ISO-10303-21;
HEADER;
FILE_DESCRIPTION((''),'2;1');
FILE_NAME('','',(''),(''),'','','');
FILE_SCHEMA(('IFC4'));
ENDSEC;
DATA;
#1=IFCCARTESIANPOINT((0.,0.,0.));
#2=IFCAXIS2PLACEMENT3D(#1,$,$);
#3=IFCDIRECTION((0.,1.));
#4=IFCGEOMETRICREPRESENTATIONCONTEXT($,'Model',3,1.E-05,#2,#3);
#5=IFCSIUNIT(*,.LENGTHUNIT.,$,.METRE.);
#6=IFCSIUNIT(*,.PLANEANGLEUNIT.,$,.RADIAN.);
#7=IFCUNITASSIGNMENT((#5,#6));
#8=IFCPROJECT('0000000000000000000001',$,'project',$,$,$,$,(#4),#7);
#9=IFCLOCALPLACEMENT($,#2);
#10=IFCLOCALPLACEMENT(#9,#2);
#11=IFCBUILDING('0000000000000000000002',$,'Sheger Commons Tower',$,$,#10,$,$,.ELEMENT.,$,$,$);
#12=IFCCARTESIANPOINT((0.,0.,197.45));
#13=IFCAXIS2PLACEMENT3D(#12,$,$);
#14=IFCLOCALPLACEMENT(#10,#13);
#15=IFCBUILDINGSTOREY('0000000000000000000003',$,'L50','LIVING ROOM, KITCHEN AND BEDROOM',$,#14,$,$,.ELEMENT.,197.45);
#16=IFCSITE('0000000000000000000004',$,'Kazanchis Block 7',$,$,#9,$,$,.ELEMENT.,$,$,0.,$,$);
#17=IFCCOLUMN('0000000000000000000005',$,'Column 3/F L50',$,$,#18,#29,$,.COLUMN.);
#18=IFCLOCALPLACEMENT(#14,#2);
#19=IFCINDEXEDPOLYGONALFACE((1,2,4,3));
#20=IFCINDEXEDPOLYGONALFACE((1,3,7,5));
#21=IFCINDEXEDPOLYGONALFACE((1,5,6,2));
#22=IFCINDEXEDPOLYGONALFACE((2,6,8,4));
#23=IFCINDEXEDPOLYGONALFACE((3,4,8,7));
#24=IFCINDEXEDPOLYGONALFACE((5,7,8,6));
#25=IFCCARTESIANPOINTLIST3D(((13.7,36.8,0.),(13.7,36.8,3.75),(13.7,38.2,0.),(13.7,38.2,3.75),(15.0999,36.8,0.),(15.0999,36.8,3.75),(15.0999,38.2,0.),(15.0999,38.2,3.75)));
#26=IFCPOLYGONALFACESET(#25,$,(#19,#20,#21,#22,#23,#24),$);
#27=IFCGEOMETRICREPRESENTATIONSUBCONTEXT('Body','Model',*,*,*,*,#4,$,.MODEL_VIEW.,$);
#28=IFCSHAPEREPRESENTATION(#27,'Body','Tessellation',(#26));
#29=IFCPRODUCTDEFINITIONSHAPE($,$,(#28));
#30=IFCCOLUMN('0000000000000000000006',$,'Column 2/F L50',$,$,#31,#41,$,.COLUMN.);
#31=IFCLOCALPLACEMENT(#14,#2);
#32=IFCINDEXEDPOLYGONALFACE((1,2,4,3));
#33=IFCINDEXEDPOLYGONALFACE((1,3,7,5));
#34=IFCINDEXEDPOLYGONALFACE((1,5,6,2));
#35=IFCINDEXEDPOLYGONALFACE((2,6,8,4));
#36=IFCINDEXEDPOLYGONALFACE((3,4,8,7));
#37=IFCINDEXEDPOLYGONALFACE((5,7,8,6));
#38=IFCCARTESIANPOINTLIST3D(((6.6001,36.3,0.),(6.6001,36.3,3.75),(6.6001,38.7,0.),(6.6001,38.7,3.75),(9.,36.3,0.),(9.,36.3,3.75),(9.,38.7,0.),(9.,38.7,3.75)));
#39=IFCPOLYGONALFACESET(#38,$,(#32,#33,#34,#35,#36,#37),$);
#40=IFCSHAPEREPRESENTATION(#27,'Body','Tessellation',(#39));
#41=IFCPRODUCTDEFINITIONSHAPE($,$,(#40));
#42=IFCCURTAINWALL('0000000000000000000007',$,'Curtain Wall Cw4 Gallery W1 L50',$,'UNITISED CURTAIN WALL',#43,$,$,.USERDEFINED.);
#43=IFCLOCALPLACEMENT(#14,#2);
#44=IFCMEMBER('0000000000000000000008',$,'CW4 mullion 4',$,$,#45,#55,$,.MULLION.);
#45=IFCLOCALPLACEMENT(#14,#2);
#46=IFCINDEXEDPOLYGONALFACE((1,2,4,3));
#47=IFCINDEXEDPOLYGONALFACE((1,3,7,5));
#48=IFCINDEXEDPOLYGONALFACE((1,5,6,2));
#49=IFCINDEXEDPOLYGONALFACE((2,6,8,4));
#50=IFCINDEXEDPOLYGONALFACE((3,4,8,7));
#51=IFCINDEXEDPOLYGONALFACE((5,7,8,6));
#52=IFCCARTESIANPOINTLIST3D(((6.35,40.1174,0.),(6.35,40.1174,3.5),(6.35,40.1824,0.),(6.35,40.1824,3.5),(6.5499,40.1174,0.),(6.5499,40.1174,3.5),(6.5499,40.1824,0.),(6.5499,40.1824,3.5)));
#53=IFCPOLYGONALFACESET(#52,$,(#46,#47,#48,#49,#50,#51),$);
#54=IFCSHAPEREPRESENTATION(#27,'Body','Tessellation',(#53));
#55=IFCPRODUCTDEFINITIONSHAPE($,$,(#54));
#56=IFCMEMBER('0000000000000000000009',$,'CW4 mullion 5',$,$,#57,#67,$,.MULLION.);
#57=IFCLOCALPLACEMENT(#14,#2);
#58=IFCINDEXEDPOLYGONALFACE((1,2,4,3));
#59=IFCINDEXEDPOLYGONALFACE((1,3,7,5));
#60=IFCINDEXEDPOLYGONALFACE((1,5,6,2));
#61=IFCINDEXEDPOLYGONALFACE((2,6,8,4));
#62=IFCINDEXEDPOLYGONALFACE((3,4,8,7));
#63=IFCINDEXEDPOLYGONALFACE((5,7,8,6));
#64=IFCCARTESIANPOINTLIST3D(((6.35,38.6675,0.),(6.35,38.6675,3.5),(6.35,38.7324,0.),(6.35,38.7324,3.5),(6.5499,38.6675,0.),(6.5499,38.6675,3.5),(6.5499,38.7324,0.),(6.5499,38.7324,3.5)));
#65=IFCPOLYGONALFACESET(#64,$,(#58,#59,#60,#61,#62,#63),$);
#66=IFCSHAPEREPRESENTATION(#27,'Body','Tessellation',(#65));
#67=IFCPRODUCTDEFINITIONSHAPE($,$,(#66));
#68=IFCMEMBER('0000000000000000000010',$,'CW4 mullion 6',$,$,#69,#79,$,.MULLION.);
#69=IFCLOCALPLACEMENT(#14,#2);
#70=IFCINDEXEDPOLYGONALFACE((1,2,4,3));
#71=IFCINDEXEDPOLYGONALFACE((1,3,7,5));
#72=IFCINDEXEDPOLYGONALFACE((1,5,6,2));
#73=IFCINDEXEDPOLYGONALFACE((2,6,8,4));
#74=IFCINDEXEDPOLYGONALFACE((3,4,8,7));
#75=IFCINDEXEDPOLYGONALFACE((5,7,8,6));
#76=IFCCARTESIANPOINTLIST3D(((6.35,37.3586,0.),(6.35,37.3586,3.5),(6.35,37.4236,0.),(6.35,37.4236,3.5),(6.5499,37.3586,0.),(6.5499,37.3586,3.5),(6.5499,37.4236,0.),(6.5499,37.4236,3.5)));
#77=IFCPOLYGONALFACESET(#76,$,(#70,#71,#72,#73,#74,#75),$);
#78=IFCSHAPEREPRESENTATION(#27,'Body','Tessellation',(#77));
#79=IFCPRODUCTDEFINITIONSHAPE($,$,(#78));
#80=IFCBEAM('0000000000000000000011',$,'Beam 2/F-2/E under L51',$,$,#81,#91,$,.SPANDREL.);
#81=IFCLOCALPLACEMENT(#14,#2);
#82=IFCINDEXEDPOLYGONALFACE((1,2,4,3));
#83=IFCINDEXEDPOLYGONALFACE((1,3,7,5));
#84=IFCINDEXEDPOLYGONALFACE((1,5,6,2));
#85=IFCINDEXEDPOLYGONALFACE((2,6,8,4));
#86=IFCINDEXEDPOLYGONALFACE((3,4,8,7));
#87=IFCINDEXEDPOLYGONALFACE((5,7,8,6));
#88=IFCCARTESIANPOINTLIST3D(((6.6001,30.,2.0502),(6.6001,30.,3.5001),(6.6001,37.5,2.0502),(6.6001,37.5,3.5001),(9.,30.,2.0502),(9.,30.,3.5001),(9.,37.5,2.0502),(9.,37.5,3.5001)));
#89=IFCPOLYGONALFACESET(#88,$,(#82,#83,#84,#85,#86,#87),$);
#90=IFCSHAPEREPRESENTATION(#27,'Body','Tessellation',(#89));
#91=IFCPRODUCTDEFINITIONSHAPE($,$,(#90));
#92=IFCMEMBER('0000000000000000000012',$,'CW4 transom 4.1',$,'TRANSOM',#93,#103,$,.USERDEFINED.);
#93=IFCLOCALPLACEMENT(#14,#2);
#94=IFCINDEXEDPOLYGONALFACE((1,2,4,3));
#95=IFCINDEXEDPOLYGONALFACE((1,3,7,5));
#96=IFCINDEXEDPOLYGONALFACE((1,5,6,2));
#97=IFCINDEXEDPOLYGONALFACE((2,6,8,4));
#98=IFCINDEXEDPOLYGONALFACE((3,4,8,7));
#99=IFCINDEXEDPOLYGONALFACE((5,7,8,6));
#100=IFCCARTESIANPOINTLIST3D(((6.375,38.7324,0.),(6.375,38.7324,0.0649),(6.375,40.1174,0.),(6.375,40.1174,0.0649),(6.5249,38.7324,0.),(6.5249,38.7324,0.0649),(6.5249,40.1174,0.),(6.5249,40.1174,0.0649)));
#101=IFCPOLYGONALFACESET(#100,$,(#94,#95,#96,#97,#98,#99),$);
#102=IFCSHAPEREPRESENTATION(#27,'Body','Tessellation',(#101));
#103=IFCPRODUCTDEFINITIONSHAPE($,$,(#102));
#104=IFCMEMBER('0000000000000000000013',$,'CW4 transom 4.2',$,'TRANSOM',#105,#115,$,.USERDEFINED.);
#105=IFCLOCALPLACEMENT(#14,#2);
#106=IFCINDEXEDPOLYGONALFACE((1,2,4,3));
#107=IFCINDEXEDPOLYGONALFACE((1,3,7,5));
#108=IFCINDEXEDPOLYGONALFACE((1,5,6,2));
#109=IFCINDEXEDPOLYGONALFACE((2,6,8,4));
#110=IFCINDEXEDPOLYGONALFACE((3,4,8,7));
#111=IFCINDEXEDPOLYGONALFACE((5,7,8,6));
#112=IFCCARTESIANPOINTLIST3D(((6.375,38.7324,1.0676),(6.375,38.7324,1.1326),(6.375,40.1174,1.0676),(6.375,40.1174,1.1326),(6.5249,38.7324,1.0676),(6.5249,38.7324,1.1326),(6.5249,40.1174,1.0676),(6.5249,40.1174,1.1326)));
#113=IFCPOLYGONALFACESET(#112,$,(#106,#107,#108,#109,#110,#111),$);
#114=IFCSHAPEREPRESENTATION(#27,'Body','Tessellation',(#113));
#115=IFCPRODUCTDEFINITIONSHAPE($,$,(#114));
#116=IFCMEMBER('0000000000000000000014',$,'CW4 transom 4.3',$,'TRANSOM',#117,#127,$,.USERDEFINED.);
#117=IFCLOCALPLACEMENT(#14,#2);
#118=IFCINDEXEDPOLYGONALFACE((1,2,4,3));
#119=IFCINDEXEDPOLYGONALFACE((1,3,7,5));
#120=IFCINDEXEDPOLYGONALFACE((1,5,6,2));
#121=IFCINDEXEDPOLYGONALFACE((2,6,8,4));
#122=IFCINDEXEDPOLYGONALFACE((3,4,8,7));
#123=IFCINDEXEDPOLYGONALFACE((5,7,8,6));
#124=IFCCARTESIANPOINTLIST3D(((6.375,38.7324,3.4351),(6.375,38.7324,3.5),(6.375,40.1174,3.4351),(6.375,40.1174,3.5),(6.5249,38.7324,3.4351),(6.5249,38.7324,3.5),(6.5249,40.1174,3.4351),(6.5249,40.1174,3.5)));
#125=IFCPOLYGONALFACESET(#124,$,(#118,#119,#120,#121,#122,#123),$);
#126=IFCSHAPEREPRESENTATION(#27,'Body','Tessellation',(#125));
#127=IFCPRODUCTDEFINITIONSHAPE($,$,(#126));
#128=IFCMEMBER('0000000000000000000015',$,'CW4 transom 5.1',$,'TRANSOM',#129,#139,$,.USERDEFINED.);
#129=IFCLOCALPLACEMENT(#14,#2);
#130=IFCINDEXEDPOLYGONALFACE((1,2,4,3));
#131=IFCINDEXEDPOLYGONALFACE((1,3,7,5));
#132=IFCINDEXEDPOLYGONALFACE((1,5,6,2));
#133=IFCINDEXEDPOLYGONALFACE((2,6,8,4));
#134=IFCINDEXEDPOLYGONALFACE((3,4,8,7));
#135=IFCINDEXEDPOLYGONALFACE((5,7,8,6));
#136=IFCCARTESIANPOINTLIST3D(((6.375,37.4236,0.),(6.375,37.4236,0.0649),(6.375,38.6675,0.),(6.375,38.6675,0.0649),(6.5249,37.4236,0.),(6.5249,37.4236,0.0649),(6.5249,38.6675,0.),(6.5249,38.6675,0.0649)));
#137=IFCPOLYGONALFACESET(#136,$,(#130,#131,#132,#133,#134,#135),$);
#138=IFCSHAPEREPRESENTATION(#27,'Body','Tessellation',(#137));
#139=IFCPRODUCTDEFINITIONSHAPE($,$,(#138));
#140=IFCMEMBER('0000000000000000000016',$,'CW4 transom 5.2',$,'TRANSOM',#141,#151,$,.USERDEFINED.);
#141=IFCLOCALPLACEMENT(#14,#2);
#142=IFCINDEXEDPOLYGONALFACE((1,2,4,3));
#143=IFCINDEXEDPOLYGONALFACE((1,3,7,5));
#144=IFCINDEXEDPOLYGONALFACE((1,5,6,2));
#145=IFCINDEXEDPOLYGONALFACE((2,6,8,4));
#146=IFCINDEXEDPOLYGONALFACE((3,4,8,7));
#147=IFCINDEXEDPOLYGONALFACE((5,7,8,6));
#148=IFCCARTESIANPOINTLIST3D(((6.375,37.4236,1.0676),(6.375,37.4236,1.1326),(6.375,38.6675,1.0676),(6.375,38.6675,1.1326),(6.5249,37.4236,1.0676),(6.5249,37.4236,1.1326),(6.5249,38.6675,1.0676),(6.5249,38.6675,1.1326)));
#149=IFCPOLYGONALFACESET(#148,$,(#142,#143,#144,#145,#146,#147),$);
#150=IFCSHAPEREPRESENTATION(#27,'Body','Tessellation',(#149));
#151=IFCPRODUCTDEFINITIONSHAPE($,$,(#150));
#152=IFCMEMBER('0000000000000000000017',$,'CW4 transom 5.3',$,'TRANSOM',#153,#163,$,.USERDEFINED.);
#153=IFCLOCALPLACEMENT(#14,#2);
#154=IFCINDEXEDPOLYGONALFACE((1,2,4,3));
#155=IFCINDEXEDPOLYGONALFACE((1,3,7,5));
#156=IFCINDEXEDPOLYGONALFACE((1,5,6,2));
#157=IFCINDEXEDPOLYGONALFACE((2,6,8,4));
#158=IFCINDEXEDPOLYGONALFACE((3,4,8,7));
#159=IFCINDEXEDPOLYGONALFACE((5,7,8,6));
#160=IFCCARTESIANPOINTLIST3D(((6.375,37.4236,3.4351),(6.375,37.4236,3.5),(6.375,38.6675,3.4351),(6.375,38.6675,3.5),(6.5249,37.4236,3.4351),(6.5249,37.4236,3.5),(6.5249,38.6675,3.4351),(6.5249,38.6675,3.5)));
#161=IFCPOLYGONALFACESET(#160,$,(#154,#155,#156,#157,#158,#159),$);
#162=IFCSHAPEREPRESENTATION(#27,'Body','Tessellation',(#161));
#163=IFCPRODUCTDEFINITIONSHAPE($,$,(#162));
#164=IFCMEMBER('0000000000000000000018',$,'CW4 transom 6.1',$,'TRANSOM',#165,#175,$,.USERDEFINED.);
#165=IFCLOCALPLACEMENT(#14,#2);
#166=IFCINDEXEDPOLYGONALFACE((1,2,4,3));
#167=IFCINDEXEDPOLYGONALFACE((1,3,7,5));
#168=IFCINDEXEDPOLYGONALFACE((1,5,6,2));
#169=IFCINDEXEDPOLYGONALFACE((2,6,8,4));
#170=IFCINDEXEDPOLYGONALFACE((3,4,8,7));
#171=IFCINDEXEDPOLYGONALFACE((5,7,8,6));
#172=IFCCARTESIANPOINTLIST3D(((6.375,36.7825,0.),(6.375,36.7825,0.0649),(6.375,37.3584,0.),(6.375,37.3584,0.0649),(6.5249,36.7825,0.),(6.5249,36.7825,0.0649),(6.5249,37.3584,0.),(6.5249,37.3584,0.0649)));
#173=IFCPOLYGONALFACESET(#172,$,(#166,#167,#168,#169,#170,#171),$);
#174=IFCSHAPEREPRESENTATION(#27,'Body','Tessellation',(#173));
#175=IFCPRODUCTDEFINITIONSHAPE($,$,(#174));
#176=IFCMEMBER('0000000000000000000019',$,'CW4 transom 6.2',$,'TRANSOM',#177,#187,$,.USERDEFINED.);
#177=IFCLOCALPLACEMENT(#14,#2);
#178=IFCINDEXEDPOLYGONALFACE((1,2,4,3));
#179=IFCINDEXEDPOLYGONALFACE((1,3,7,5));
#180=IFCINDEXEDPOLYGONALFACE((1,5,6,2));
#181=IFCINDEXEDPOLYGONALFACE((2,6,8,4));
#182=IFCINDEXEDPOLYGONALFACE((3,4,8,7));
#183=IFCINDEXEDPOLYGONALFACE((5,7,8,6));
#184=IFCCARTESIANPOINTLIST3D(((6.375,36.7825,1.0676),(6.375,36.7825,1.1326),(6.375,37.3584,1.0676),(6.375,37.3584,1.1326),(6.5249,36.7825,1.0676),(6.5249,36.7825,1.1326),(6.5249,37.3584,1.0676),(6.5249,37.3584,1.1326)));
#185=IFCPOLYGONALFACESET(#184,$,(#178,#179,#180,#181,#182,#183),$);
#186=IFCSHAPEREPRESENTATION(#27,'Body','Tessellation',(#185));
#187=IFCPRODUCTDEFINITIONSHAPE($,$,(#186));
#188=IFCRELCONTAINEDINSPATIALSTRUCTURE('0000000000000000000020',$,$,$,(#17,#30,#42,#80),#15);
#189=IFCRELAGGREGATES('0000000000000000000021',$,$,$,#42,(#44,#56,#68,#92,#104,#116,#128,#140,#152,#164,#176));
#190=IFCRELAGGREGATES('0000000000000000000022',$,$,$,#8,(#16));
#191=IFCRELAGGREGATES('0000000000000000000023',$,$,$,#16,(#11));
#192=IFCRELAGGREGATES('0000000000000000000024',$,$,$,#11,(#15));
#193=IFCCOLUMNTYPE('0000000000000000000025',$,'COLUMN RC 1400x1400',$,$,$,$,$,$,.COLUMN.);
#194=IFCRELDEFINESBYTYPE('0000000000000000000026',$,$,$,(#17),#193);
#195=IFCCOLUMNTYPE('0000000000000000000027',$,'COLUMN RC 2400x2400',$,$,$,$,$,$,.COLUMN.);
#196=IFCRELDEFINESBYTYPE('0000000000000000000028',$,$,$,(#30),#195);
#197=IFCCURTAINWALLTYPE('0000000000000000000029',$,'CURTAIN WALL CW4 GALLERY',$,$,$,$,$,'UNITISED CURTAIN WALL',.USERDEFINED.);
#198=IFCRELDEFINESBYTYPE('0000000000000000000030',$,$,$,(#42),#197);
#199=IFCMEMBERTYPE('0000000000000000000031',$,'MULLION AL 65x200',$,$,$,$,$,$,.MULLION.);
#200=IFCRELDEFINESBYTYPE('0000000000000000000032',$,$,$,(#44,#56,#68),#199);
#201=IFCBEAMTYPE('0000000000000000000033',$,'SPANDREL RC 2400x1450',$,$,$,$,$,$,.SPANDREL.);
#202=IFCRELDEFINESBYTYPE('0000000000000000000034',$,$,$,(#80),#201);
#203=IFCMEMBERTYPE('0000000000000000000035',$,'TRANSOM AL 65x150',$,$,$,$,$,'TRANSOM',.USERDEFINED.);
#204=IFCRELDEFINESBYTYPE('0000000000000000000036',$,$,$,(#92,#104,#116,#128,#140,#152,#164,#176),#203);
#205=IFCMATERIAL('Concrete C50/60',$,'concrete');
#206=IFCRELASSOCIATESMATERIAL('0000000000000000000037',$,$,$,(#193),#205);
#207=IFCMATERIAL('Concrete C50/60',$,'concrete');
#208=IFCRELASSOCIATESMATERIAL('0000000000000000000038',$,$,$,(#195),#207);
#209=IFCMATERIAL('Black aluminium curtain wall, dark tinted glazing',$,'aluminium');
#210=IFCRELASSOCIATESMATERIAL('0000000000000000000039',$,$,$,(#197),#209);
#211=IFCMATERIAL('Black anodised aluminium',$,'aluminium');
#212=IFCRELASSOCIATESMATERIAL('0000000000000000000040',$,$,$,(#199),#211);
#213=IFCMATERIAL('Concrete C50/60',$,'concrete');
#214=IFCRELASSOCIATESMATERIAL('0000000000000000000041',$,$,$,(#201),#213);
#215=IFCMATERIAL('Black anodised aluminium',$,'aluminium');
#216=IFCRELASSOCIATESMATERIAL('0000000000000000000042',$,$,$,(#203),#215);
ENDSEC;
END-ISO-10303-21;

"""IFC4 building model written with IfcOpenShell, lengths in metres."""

from ifc_helpers import new_model, si_unit, direction, frame, origin, origin_2d, place, context, subcontext, project, spatial, rectangle, extrude, material, material_profile, profile_set, type_object, element, aggregate, save


model = new_model("IFC4")

# Units and contexts
model_context = context("Model", 3, precision=1e-05, world=origin(), true_north=direction((0.0, 1.0)))
body_context = subcontext(model_context, "Body", "Model", "MODEL_VIEW")
ifc_project = project(units=[si_unit("LENGTHUNIT", "METRE"), si_unit("PLANEANGLEUNIT", "RADIAN")], contexts=[model_context])

# Site, building, storey
site_placement = place(None, origin())
site = spatial("IfcSite", under=ifc_project, at=site_placement, Name="Kazanchis Block 7", CompositionType="ELEMENT", RefElevation=0.0)
building_placement = place(site_placement, origin())
building = spatial("IfcBuilding", under=site, at=building_placement, Name="Sheger Commons Tower", CompositionType="ELEMENT")
storey_placement = place(building_placement, frame((0.0, 0.0, 197.45)))
storey = spatial("IfcBuildingStorey", under=building, at=storey_placement, Name="L50", Description="LIVING ROOM, KITCHEN AND BEDROOM", CompositionType="ELEMENT", Elevation=197.45)

# Columns
ifc_material_1 = material(Name="Concrete C50/60", Category="concrete")
ifc_material_profile_1 = material_profile(ifc_material_1, rectangle(XDim=1.3999, YDim=1.3999, at=origin_2d()), Name="RC 1400x1400")
ifc_profile_set_1 = profile_set([ifc_material_profile_1], Name="Concrete C50/60")
column_type_1 = type_object("IfcColumnType", Name="COLUMN RC 1400x1400", PredefinedType="COLUMN", material=ifc_profile_set_1)
column_1_placement = place(storey_placement, frame((14.3999, 37.5, 0.0), z_axis=(0.0, 0.0, 1.0), x_axis=(1.0, 0.0, 0.0)))
element("IfcColumn", 1, at=column_1_placement, inside=storey, type_object=column_type_1, Name="Column 3/F L50", PredefinedType="COLUMN", context=body_context, shape_type="SweptSolid", body=[
    extrude(rectangle(XDim=1.3999, YDim=1.3999, at=origin_2d()), origin(), (0.0, 0.0, 1.0), 3.75),
])
ifc_material_2 = material(Name="Concrete C50/60", Category="concrete")
ifc_material_profile_2 = material_profile(ifc_material_2, rectangle(XDim=2.3999, YDim=2.3999, at=origin_2d()), Name="RC 2400x2400")
ifc_profile_set_2 = profile_set([ifc_material_profile_2], Name="Concrete C50/60")
column_type_2 = type_object("IfcColumnType", Name="COLUMN RC 2400x2400", PredefinedType="COLUMN", material=ifc_profile_set_2)
column_2_placement = place(storey_placement, frame((7.8, 37.5, 0.0), z_axis=(0.0, 0.0, 1.0), x_axis=(1.0, 0.0, 0.0)))
element("IfcColumn", 2, at=column_2_placement, inside=storey, type_object=column_type_2, Name="Column 2/F L50", PredefinedType="COLUMN", context=body_context, shape_type="SweptSolid", body=[
    extrude(rectangle(XDim=2.3999, YDim=2.3999, at=origin_2d()), origin(), (0.0, 0.0, 1.0), 3.75),
])

# Curtain wall, members
ifc_material_3 = material(Name="Black aluminium curtain wall, dark tinted glazing", Category="aluminium")
curtain_wall_type = type_object("IfcCurtainWallType", Name="CURTAIN WALL CW4 GALLERY", ElementType="UNITISED CURTAIN WALL", PredefinedType="USERDEFINED", material=ifc_material_3)
curtain_wall_placement = place(storey_placement, origin())
curtain_wall = element("IfcCurtainWall", 3, at=curtain_wall_placement, inside=storey, type_object=curtain_wall_type, Name="Curtain Wall Cw4 Gallery W1 L50", ObjectType="UNITISED CURTAIN WALL", PredefinedType="USERDEFINED")
ifc_material_4 = material(Name="Black anodised aluminium", Category="aluminium")
ifc_material_profile_3 = material_profile(ifc_material_4, rectangle(XDim=0.2, YDim=0.0649, at=origin_2d()), Name="AL 65x200")
ifc_profile_set_3 = profile_set([ifc_material_profile_3], Name="Black anodised aluminium")
member_type_1 = type_object("IfcMemberType", Name="MULLION AL 65x200", PredefinedType="MULLION", material=ifc_profile_set_3)
member_1_placement = place(storey_placement, frame((6.45, 40.1499, 0.0), z_axis=(0.0, 0.0, 1.0), x_axis=(1.0, 0.0, 0.0)))
member_1 = element("IfcMember", 4, at=member_1_placement, type_object=member_type_1, Name="CW4 mullion 4", PredefinedType="MULLION", context=body_context, shape_type="SweptSolid", body=[
    extrude(rectangle(XDim=0.2, YDim=0.0649, at=origin_2d()), origin(), (0.0, 0.0, 1.0), 3.5),
])
member_2_placement = place(storey_placement, frame((6.45, 38.7, 0.0), z_axis=(0.0, 0.0, 1.0), x_axis=(1.0, 0.0, 0.0)))
member_2 = element("IfcMember", 5, at=member_2_placement, type_object=member_type_1, Name="CW4 mullion 5", PredefinedType="MULLION", context=body_context, shape_type="SweptSolid", body=[
    extrude(rectangle(XDim=0.2, YDim=0.0649, at=origin_2d()), origin(), (0.0, 0.0, 1.0), 3.5),
])
member_3_placement = place(storey_placement, frame((6.45, 37.3911, 0.0), z_axis=(0.0, 0.0, 1.0), x_axis=(1.0, 0.0, 0.0)))
member_3 = element("IfcMember", 6, at=member_3_placement, type_object=member_type_1, Name="CW4 mullion 6", PredefinedType="MULLION", context=body_context, shape_type="SweptSolid", body=[
    extrude(rectangle(XDim=0.2, YDim=0.0649, at=origin_2d()), origin(), (0.0, 0.0, 1.0), 3.5),
])

# Beam
ifc_material_5 = material(Name="Concrete C50/60", Category="concrete")
ifc_material_profile_4 = material_profile(ifc_material_5, rectangle(XDim=2.3999, YDim=1.45, at=origin_2d()), Name="RC 2400x1450")
ifc_profile_set_4 = profile_set([ifc_material_profile_4], Name="Concrete C50/60")
beam_type = type_object("IfcBeamType", Name="SPANDREL RC 2400x1450", PredefinedType="SPANDREL", material=ifc_profile_set_4)
beam_placement = place(storey_placement, frame((7.8, 37.5, 2.7751), z_axis=(0.0, -1.0, 0.0), x_axis=(1.0, 0.0, 0.0)))
element("IfcBeam", 7, at=beam_placement, inside=storey, type_object=beam_type, Name="Beam 2/F-2/E under L51", PredefinedType="SPANDREL", context=body_context, shape_type="SweptSolid", body=[
    extrude(rectangle(XDim=2.3999, YDim=1.45, at=origin_2d()), origin(), (0.0, 0.0, 1.0), 7.5),
])

# Members
ifc_material_6 = material(Name="Black anodised aluminium", Category="aluminium")
ifc_material_profile_5 = material_profile(ifc_material_6, rectangle(XDim=0.1499, YDim=0.0649, at=origin_2d()), Name="AL 65x150")
ifc_profile_set_5 = profile_set([ifc_material_profile_5], Name="Black anodised aluminium")
member_type_2 = type_object("IfcMemberType", Name="TRANSOM AL 65x150", ElementType="TRANSOM", PredefinedType="USERDEFINED", material=ifc_profile_set_5)
member_4_placement = place(storey_placement, frame((6.45, 40.1174, 0.0325), z_axis=(0.0, -1.0, 0.0), x_axis=(1.0, 0.0, 0.0)))
member_4 = element("IfcMember", 8, at=member_4_placement, type_object=member_type_2, Name="CW4 transom 4.1", ObjectType="TRANSOM", PredefinedType="USERDEFINED", context=body_context, shape_type="SweptSolid", body=[
    extrude(rectangle(XDim=0.1499, YDim=0.0649, at=origin_2d()), origin(), (0.0, 0.0, 1.0), 1.385),
])
member_5_placement = place(storey_placement, frame((6.45, 40.1174, 1.1001), z_axis=(0.0, -1.0, 0.0), x_axis=(1.0, 0.0, 0.0)))
member_5 = element("IfcMember", 9, at=member_5_placement, type_object=member_type_2, Name="CW4 transom 4.2", ObjectType="TRANSOM", PredefinedType="USERDEFINED", context=body_context, shape_type="SweptSolid", body=[
    extrude(rectangle(XDim=0.1499, YDim=0.0649, at=origin_2d()), origin(), (0.0, 0.0, 1.0), 1.385),
])
member_6_placement = place(storey_placement, frame((6.45, 40.1174, 3.4675), z_axis=(0.0, -1.0, 0.0), x_axis=(1.0, 0.0, 0.0)))
member_6 = element("IfcMember", 10, at=member_6_placement, type_object=member_type_2, Name="CW4 transom 4.3", ObjectType="TRANSOM", PredefinedType="USERDEFINED", context=body_context, shape_type="SweptSolid", body=[
    extrude(rectangle(XDim=0.1499, YDim=0.0649, at=origin_2d()), origin(), (0.0, 0.0, 1.0), 1.385),
])
member_7_placement = place(storey_placement, frame((6.45, 38.6675, 0.0325), z_axis=(0.0, -1.0, 0.0), x_axis=(1.0, 0.0, 0.0)))
member_7 = element("IfcMember", 11, at=member_7_placement, type_object=member_type_2, Name="CW4 transom 5.1", ObjectType="TRANSOM", PredefinedType="USERDEFINED", context=body_context, shape_type="SweptSolid", body=[
    extrude(rectangle(XDim=0.1499, YDim=0.0649, at=origin_2d()), origin(), (0.0, 0.0, 1.0), 1.2439),
])
member_8_placement = place(storey_placement, frame((6.45, 38.6675, 1.1001), z_axis=(0.0, -1.0, 0.0), x_axis=(1.0, 0.0, 0.0)))
member_8 = element("IfcMember", 12, at=member_8_placement, type_object=member_type_2, Name="CW4 transom 5.2", ObjectType="TRANSOM", PredefinedType="USERDEFINED", context=body_context, shape_type="SweptSolid", body=[
    extrude(rectangle(XDim=0.1499, YDim=0.0649, at=origin_2d()), origin(), (0.0, 0.0, 1.0), 1.2439),
])
member_9_placement = place(storey_placement, frame((6.45, 38.6675, 3.4675), z_axis=(0.0, -1.0, 0.0), x_axis=(1.0, 0.0, 0.0)))
member_9 = element("IfcMember", 13, at=member_9_placement, type_object=member_type_2, Name="CW4 transom 5.3", ObjectType="TRANSOM", PredefinedType="USERDEFINED", context=body_context, shape_type="SweptSolid", body=[
    extrude(rectangle(XDim=0.1499, YDim=0.0649, at=origin_2d()), origin(), (0.0, 0.0, 1.0), 1.2439),
])
member_10_placement = place(storey_placement, frame((6.45, 37.3584, 0.0325), z_axis=(0.0, -1.0, 0.0), x_axis=(1.0, 0.0, 0.0)))
member_10 = element("IfcMember", 14, at=member_10_placement, type_object=member_type_2, Name="CW4 transom 6.1", ObjectType="TRANSOM", PredefinedType="USERDEFINED", context=body_context, shape_type="SweptSolid", body=[
    extrude(rectangle(XDim=0.1499, YDim=0.0649, at=origin_2d()), origin(), (0.0, 0.0, 1.0), 0.5759),
])
member_11_placement = place(storey_placement, frame((6.45, 37.3584, 1.1001), z_axis=(0.0, -1.0, 0.0), x_axis=(1.0, 0.0, 0.0)))
member_11 = element("IfcMember", 15, at=member_11_placement, type_object=member_type_2, Name="CW4 transom 6.2", ObjectType="TRANSOM", PredefinedType="USERDEFINED", context=body_context, shape_type="SweptSolid", body=[
    extrude(rectangle(XDim=0.1499, YDim=0.0649, at=origin_2d()), origin(), (0.0, 0.0, 1.0), 0.5759),
])

aggregate(curtain_wall, [member_1, member_2, member_3, member_4, member_5, member_6, member_7, member_8, member_9, member_10, member_11])

save(model, "model.ifc")
